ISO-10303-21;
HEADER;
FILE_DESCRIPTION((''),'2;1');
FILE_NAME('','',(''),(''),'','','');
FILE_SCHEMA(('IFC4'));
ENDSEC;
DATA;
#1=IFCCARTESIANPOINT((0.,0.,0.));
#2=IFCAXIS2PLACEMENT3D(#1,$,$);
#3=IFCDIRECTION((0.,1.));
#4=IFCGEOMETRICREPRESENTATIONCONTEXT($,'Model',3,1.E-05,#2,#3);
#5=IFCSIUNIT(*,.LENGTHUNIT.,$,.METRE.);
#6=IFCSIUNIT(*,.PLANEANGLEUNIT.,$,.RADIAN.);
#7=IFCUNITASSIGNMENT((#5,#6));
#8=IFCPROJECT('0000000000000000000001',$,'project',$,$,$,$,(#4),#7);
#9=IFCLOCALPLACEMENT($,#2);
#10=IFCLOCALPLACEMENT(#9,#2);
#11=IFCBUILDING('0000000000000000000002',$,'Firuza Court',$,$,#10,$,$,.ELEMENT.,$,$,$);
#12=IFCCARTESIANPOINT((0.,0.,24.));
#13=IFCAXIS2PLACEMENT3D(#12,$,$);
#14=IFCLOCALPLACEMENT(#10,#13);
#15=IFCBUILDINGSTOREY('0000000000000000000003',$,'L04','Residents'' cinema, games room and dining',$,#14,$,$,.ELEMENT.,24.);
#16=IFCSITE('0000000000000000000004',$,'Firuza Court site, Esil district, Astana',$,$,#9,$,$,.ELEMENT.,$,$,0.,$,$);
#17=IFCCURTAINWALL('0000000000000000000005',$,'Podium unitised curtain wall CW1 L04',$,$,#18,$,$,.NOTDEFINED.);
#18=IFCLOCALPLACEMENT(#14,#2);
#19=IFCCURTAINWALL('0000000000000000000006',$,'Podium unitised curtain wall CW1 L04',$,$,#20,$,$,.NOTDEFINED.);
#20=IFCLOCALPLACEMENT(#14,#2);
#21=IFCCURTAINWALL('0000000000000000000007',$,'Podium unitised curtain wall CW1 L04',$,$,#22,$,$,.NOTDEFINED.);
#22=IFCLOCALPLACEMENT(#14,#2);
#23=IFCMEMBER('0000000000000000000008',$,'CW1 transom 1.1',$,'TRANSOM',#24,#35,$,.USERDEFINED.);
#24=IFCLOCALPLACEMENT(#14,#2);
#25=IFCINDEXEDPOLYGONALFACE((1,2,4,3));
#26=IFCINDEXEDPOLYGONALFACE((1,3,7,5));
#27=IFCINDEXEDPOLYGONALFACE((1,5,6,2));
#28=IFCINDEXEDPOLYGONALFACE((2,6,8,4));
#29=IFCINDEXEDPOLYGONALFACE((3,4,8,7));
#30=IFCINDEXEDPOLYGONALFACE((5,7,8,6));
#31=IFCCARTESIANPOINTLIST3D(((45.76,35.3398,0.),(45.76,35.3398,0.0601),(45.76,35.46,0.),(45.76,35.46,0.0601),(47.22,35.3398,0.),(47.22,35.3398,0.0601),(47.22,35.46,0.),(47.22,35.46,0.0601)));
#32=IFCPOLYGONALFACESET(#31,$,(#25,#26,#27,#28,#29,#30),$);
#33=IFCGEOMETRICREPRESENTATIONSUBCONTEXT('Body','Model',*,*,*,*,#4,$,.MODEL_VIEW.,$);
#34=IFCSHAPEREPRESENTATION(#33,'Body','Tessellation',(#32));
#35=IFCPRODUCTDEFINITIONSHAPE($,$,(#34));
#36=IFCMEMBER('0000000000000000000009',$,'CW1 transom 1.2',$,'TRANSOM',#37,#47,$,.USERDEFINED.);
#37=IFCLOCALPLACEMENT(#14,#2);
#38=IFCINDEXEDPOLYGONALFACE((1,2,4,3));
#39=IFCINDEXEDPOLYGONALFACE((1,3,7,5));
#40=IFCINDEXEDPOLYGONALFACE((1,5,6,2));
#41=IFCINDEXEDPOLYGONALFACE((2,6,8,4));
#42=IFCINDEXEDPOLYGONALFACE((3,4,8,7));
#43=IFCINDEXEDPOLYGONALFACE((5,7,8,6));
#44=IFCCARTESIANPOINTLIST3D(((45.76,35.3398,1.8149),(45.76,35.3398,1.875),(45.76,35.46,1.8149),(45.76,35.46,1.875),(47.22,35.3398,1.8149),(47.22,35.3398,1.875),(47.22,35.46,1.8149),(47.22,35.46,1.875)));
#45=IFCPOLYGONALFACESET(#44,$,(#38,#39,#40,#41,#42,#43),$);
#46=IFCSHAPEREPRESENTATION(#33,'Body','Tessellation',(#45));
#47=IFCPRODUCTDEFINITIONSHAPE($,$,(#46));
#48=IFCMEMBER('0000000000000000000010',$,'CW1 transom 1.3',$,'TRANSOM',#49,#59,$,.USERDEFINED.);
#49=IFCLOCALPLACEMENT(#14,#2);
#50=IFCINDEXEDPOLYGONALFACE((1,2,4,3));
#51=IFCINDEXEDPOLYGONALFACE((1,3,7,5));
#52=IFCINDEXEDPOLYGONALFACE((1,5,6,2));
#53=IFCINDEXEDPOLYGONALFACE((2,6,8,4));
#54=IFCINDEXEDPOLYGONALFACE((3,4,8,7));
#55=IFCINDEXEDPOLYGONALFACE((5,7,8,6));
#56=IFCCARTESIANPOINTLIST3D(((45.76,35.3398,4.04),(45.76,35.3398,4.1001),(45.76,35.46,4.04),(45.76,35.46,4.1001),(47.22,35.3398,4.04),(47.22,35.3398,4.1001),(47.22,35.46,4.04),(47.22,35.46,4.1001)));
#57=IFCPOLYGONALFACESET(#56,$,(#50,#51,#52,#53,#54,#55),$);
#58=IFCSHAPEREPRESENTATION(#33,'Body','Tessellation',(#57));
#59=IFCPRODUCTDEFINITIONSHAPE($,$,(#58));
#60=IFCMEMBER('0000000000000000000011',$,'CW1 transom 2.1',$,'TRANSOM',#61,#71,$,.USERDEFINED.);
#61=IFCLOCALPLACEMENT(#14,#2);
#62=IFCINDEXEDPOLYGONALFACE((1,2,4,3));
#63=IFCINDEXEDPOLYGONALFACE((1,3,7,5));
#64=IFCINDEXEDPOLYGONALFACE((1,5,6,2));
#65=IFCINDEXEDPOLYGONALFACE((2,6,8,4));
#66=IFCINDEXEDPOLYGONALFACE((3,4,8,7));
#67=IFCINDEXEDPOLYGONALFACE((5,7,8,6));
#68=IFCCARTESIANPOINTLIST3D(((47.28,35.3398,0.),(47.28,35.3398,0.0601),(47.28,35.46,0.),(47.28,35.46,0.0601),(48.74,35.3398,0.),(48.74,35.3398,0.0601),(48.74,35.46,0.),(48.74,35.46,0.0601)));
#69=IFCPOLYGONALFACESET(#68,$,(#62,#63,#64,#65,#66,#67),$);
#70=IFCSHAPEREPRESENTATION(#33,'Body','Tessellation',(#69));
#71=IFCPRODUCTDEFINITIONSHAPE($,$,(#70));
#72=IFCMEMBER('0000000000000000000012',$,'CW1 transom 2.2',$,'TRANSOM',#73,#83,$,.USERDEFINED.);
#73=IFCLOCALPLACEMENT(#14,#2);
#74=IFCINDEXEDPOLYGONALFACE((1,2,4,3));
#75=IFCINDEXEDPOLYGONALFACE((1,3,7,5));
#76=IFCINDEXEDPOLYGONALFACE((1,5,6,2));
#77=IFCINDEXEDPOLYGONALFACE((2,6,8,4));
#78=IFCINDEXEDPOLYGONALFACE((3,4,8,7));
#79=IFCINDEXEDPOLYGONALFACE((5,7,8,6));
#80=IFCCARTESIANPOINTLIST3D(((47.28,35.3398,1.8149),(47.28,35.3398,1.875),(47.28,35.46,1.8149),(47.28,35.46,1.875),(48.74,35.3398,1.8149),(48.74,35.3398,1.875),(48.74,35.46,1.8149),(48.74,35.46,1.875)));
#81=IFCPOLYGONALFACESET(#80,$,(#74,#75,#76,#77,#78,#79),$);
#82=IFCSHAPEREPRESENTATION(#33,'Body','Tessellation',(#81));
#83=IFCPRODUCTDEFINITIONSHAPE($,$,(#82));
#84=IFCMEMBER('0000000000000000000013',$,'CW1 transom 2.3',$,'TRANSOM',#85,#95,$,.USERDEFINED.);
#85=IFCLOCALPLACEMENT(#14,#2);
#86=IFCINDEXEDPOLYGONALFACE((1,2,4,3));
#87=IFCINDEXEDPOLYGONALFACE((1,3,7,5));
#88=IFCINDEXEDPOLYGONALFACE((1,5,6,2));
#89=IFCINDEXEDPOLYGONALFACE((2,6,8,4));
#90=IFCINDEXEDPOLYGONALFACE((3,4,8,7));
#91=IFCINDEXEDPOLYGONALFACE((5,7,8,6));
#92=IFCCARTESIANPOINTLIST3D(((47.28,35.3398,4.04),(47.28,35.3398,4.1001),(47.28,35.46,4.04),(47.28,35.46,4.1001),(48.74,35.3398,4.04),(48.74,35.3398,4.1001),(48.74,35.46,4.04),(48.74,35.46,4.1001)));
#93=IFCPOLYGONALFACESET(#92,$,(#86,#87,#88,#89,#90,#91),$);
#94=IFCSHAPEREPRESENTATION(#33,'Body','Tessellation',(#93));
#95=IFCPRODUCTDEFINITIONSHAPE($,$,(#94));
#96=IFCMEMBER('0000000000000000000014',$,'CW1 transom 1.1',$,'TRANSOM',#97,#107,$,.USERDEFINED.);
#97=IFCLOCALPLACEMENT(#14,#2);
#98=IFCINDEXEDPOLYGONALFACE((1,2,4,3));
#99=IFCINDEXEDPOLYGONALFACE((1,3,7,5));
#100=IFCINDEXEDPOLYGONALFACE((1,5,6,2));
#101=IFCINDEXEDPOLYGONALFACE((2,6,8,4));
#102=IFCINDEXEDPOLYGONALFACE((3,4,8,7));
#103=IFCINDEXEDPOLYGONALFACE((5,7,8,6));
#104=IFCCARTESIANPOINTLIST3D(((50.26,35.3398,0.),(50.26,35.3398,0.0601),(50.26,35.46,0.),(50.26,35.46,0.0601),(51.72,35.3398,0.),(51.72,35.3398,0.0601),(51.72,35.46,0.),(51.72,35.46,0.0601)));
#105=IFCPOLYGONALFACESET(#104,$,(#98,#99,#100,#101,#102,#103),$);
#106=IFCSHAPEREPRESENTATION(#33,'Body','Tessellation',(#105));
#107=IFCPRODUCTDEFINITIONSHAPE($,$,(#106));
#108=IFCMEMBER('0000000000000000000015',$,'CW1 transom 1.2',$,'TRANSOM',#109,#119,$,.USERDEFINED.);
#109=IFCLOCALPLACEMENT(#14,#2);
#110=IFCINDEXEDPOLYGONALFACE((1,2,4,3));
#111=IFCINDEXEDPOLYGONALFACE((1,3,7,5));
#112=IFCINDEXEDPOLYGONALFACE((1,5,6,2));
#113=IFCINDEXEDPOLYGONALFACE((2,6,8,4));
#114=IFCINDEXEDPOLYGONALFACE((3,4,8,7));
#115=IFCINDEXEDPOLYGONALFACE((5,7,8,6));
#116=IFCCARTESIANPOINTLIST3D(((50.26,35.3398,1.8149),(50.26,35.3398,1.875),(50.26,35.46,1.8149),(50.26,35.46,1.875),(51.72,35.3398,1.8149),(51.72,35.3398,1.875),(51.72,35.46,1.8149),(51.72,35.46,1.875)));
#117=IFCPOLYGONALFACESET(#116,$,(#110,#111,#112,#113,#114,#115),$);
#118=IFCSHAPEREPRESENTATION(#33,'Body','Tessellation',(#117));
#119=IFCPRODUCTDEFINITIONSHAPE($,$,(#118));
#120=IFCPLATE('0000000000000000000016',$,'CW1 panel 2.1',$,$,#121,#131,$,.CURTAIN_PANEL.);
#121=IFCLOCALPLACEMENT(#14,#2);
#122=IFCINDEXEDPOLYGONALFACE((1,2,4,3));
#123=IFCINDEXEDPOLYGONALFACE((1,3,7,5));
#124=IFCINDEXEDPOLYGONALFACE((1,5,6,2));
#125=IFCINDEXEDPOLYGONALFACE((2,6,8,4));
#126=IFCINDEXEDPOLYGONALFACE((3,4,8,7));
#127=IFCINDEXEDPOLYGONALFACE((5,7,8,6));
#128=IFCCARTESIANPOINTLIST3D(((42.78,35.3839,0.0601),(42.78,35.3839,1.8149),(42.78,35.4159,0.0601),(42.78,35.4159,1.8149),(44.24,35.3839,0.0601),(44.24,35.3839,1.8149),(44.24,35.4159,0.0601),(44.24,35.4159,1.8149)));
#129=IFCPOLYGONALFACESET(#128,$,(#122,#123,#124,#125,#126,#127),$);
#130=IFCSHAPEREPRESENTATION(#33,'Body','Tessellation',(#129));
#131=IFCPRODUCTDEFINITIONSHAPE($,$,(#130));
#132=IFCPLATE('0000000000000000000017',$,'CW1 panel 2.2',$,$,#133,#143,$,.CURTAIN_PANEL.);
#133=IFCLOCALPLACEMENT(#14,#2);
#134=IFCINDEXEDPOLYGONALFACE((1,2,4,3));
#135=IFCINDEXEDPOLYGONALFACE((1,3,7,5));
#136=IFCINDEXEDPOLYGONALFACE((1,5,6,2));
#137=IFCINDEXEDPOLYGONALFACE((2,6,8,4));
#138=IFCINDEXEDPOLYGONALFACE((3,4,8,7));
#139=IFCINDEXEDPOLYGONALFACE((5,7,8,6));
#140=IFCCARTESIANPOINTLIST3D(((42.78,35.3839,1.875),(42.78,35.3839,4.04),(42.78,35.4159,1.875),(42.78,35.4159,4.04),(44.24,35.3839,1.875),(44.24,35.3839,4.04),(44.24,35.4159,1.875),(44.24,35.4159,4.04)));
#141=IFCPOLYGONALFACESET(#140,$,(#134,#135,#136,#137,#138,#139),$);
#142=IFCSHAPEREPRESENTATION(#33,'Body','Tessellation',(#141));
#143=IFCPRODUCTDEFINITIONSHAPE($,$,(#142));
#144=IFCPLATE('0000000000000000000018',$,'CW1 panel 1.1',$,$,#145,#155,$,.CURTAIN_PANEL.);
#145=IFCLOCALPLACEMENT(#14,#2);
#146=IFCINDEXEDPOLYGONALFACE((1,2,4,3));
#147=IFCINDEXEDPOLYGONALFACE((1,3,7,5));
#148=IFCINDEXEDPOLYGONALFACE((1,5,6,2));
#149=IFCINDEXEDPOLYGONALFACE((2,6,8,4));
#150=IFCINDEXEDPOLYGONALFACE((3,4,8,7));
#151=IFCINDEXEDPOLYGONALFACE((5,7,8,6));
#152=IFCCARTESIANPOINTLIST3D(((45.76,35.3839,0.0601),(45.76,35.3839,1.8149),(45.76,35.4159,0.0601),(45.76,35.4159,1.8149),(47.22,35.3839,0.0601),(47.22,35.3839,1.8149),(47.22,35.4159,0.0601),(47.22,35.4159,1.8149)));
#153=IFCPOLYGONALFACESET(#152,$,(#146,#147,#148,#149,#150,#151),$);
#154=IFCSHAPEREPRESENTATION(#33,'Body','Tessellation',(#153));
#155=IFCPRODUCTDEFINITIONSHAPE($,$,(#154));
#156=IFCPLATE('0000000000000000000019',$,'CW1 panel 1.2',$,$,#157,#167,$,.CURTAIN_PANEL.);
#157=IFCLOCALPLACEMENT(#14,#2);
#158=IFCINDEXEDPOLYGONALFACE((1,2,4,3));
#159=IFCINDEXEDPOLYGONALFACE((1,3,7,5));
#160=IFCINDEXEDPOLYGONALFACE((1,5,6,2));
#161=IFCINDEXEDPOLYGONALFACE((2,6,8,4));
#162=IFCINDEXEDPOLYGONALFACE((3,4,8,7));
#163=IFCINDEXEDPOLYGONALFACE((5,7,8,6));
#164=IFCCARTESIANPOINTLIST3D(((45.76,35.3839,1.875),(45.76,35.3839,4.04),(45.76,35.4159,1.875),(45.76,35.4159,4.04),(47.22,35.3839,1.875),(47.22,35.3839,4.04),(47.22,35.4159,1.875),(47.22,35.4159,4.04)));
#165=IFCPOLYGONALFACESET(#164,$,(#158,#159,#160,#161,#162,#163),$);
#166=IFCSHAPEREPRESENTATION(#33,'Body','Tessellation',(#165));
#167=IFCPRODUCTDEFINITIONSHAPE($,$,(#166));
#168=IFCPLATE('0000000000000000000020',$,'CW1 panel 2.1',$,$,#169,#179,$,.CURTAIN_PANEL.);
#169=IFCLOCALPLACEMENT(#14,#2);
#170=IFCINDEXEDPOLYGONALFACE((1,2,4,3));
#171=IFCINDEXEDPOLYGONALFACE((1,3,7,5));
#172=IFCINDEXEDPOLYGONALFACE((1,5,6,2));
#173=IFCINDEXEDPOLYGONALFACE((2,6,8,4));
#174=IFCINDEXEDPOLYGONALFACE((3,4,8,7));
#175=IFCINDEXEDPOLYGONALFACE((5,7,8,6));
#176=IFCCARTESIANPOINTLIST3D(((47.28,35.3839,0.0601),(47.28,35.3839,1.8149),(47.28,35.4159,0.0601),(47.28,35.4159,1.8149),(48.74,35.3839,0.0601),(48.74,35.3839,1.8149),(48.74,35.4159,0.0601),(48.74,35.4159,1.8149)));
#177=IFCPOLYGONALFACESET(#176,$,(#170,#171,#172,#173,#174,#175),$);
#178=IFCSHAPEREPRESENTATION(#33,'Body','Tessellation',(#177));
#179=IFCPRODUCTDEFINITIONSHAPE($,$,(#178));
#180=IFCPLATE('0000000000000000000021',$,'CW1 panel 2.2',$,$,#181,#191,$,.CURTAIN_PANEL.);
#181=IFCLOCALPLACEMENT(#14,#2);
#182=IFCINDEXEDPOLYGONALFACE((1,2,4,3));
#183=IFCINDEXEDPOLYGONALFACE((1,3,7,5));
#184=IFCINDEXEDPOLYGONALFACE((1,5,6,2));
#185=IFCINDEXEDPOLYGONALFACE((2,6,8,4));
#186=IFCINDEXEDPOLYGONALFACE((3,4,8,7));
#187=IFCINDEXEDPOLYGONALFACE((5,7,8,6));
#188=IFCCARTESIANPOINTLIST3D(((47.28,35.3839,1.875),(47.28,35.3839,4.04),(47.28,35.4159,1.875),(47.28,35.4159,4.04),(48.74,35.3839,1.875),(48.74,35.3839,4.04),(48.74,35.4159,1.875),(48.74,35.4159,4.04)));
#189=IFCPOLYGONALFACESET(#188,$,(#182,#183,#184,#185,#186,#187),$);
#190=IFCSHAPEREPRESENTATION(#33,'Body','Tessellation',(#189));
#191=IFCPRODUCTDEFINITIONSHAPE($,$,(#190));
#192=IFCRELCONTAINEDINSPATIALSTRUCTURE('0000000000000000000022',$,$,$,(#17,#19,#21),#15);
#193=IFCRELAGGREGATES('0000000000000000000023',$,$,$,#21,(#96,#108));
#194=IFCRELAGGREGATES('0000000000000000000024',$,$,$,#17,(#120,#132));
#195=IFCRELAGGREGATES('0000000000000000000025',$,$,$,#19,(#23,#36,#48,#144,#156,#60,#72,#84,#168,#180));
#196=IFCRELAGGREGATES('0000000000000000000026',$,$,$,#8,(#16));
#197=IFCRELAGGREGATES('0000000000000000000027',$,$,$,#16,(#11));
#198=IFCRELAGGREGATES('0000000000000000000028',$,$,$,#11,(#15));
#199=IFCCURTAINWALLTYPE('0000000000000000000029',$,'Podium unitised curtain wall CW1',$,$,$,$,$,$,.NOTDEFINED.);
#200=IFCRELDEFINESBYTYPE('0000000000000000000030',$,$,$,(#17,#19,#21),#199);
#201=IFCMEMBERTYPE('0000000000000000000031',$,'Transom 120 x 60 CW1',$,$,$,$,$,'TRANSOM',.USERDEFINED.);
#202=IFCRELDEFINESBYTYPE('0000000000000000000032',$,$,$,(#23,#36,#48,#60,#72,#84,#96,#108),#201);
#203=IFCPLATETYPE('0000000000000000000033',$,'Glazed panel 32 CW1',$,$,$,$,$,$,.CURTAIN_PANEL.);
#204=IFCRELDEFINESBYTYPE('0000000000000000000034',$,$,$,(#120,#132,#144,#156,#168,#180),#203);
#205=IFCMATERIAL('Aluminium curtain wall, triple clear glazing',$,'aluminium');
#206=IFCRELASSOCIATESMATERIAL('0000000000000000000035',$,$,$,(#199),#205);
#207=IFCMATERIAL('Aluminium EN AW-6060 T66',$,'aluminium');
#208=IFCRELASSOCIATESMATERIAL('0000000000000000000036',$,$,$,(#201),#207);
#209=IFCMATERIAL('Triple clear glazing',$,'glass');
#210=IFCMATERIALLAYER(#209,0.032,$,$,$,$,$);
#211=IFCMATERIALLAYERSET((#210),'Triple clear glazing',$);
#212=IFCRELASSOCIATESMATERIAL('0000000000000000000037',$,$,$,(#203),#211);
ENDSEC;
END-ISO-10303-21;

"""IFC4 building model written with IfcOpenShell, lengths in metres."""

from ifc_helpers import new_model, si_unit, direction, frame, origin, origin_2d, place, context, subcontext, project, spatial, rectangle, extrude, material, layer, layer_set, material_profile, profile_set, type_object, element, aggregate, save


model = new_model("IFC4")

# Units and contexts
model_context = context("Model", 3, precision=1e-05, world=origin(), true_north=direction((0.0, 1.0)))
body_context = subcontext(model_context, "Body", "Model", "MODEL_VIEW")
ifc_project = project(units=[si_unit("LENGTHUNIT", "METRE"), si_unit("PLANEANGLEUNIT", "RADIAN")], contexts=[model_context])

# Site, building, storey
site_placement = place(None, origin())
site = spatial("IfcSite", under=ifc_project, at=site_placement, Name="Firuza Court site, Esil district, Astana", CompositionType="ELEMENT", RefElevation=0.0)
building_placement = place(site_placement, origin())
building = spatial("IfcBuilding", under=site, at=building_placement, Name="Firuza Court", CompositionType="ELEMENT")
storey_placement = place(building_placement, frame((0.0, 0.0, 24.0)))
storey = spatial("IfcBuildingStorey", under=building, at=storey_placement, Name="L04", Description="Residents' cinema, games room and dining", CompositionType="ELEMENT", Elevation=24.0)

# Curtain walls
ifc_material_1 = material(Name="Aluminium curtain wall, triple clear glazing", Category="aluminium")
curtain_wall_type = type_object("IfcCurtainWallType", Name="Podium unitised curtain wall CW1", PredefinedType="NOTDEFINED", material=ifc_material_1)
curtain_wall_1_placement = place(storey_placement, origin())
curtain_wall_1 = element("IfcCurtainWall", 1, at=curtain_wall_1_placement, inside=storey, type_object=curtain_wall_type, Name="Podium unitised curtain wall CW1 L04", PredefinedType="NOTDEFINED")
curtain_wall_2_placement = place(storey_placement, origin())
curtain_wall_2 = element("IfcCurtainWall", 2, at=curtain_wall_2_placement, inside=storey, type_object=curtain_wall_type, Name="Podium unitised curtain wall CW1 L04", PredefinedType="NOTDEFINED")

# Curtain wall
curtain_wall_3_placement = place(storey_placement, origin())
curtain_wall_3 = element("IfcCurtainWall", 3, at=curtain_wall_3_placement, inside=storey, type_object=curtain_wall_type, Name="Podium unitised curtain wall CW1 L04", PredefinedType="NOTDEFINED")

# Members
ifc_material_2 = material(Name="Aluminium EN AW-6060 T66", Category="aluminium")
ifc_material_profile_1 = material_profile(ifc_material_2, rectangle(XDim=0.1201, YDim=0.0601, at=origin_2d()), Name="Transom 120 x 60 CW1")
ifc_profile_set_1 = profile_set([ifc_material_profile_1], Name="Aluminium EN AW-6060 T66")
member_type_1 = type_object("IfcMemberType", Name="Transom 120 x 60 CW1", ElementType="TRANSOM", PredefinedType="USERDEFINED", material=ifc_profile_set_1)
member_1_placement = place(storey_placement, frame((45.76, 35.3999, 0.03), z_axis=(1.0, 0.0, 0.0), x_axis=(0.0, 1.0, 0.0)))
member_1 = element("IfcMember", 4, at=member_1_placement, type_object=member_type_1, Name="CW1 transom 1.1", ObjectType="TRANSOM", PredefinedType="USERDEFINED", context=body_context, shape_type="SweptSolid", body=[
    extrude(rectangle(XDim=0.1201, YDim=0.0601, at=origin_2d()), origin(), (0.0, 0.0, 1.0), 1.46),
])
member_2_placement = place(storey_placement, frame((45.76, 35.3999, 1.845), z_axis=(1.0, 0.0, 0.0), x_axis=(0.0, 1.0, 0.0)))
member_2 = element("IfcMember", 5, at=member_2_placement, type_object=member_type_1, Name="CW1 transom 1.2", ObjectType="TRANSOM", PredefinedType="USERDEFINED", context=body_context, shape_type="SweptSolid", body=[
    extrude(rectangle(XDim=0.1201, YDim=0.0601, at=origin_2d()), origin(), (0.0, 0.0, 1.0), 1.46),
])
member_3_placement = place(storey_placement, frame((45.76, 35.3999, 4.0701), z_axis=(1.0, 0.0, 0.0), x_axis=(0.0, 1.0, 0.0)))
member_3 = element("IfcMember", 6, at=member_3_placement, type_object=member_type_1, Name="CW1 transom 1.3", ObjectType="TRANSOM", PredefinedType="USERDEFINED", context=body_context, shape_type="SweptSolid", body=[
    extrude(rectangle(XDim=0.1201, YDim=0.0601, at=origin_2d()), origin(), (0.0, 0.0, 1.0), 1.46),
])
member_4_placement = place(storey_placement, frame((47.28, 35.3999, 0.03), z_axis=(1.0, 0.0, 0.0), x_axis=(0.0, 1.0, 0.0)))
member_4 = element("IfcMember", 7, at=member_4_placement, type_object=member_type_1, Name="CW1 transom 2.1", ObjectType="TRANSOM", PredefinedType="USERDEFINED", context=body_context, shape_type="SweptSolid", body=[
    extrude(rectangle(XDim=0.1201, YDim=0.0601, at=origin_2d()), origin(), (0.0, 0.0, 1.0), 1.46),
])
member_5_placement = place(storey_placement, frame((47.28, 35.3999, 1.845), z_axis=(1.0, 0.0, 0.0), x_axis=(0.0, 1.0, 0.0)))
member_5 = element("IfcMember", 8, at=member_5_placement, type_object=member_type_1, Name="CW1 transom 2.2", ObjectType="TRANSOM", PredefinedType="USERDEFINED", context=body_context, shape_type="SweptSolid", body=[
    extrude(rectangle(XDim=0.1201, YDim=0.0601, at=origin_2d()), origin(), (0.0, 0.0, 1.0), 1.46),
])
member_6_placement = place(storey_placement, frame((47.28, 35.3999, 4.0701), z_axis=(1.0, 0.0, 0.0), x_axis=(0.0, 1.0, 0.0)))
member_6 = element("IfcMember", 9, at=member_6_placement, type_object=member_type_1, Name="CW1 transom 2.3", ObjectType="TRANSOM", PredefinedType="USERDEFINED", context=body_context, shape_type="SweptSolid", body=[
    extrude(rectangle(XDim=0.1201, YDim=0.0601, at=origin_2d()), origin(), (0.0, 0.0, 1.0), 1.46),
])
member_7_placement = place(storey_placement, frame((50.26, 35.3999, 0.03), z_axis=(1.0, 0.0, 0.0), x_axis=(0.0, 1.0, 0.0)))
member_7 = element("IfcMember", 10, at=member_7_placement, type_object=member_type_1, Name="CW1 transom 1.1", ObjectType="TRANSOM", PredefinedType="USERDEFINED", context=body_context, shape_type="SweptSolid", body=[
    extrude(rectangle(XDim=0.1201, YDim=0.0601, at=origin_2d()), origin(), (0.0, 0.0, 1.0), 1.46),
])
member_8_placement = place(storey_placement, frame((50.26, 35.3999, 1.845), z_axis=(1.0, 0.0, 0.0), x_axis=(0.0, 1.0, 0.0)))
member_8 = element("IfcMember", 11, at=member_8_placement, type_object=member_type_1, Name="CW1 transom 1.2", ObjectType="TRANSOM", PredefinedType="USERDEFINED", context=body_context, shape_type="SweptSolid", body=[
    extrude(rectangle(XDim=0.1201, YDim=0.0601, at=origin_2d()), origin(), (0.0, 0.0, 1.0), 1.46),
])
aggregate(curtain_wall_3, [member_7, member_8])

# Plates
ifc_material_3 = material(Name="Triple clear glazing", Category="glass")
ifc_layer = layer(ifc_material_3, 0.032)
ifc_layer_set = layer_set([ifc_layer], Name="Triple clear glazing")
plate_type = type_object("IfcPlateType", Name="Glazed panel 32 CW1", PredefinedType="CURTAIN_PANEL", material=ifc_layer_set)
plate_1_placement = place(storey_placement, frame((43.51, 35.3999, 0.0601), z_axis=(0.0, 0.0, 1.0), x_axis=(1.0, 0.0, 0.0)))
plate_1 = element("IfcPlate", 12, at=plate_1_placement, type_object=plate_type, Name="CW1 panel 2.1", PredefinedType="CURTAIN_PANEL", context=body_context, shape_type="SweptSolid", body=[
    extrude(rectangle(XDim=1.46, YDim=0.032, at=origin_2d()), origin(), (0.0, 0.0, 1.0), 1.7549),
])
plate_2_placement = place(storey_placement, frame((43.51, 35.3999, 1.875), z_axis=(0.0, 0.0, 1.0), x_axis=(1.0, 0.0, 0.0)))
plate_2 = element("IfcPlate", 13, at=plate_2_placement, type_object=plate_type, Name="CW1 panel 2.2", PredefinedType="CURTAIN_PANEL", context=body_context, shape_type="SweptSolid", body=[
    extrude(rectangle(XDim=1.46, YDim=0.032, at=origin_2d()), origin(), (0.0, 0.0, 1.0), 2.165),
])
aggregate(curtain_wall_1, [plate_1, plate_2])
plate_3_placement = place(storey_placement, frame((46.49, 35.3999, 0.0601), z_axis=(0.0, 0.0, 1.0), x_axis=(1.0, 0.0, 0.0)))
plate_3 = element("IfcPlate", 14, at=plate_3_placement, type_object=plate_type, Name="CW1 panel 1.1", PredefinedType="CURTAIN_PANEL", context=body_context, shape_type="SweptSolid", body=[
    extrude(rectangle(XDim=1.46, YDim=0.032, at=origin_2d()), origin(), (0.0, 0.0, 1.0), 1.7549),
])
plate_4_placement = place(storey_placement, frame((46.49, 35.3999, 1.875), z_axis=(0.0, 0.0, 1.0), x_axis=(1.0, 0.0, 0.0)))
plate_4 = element("IfcPlate", 15, at=plate_4_placement, type_object=plate_type, Name="CW1 panel 1.2", PredefinedType="CURTAIN_PANEL", context=body_context, shape_type="SweptSolid", body=[
    extrude(rectangle(XDim=1.46, YDim=0.032, at=origin_2d()), origin(), (0.0, 0.0, 1.0), 2.165),
])
plate_5_placement = place(storey_placement, frame((48.01, 35.3999, 0.0601), z_axis=(0.0, 0.0, 1.0), x_axis=(1.0, 0.0, 0.0)))
plate_5 = element("IfcPlate", 16, at=plate_5_placement, type_object=plate_type, Name="CW1 panel 2.1", PredefinedType="CURTAIN_PANEL", context=body_context, shape_type="SweptSolid", body=[
    extrude(rectangle(XDim=1.46, YDim=0.032, at=origin_2d()), origin(), (0.0, 0.0, 1.0), 1.7549),
])
plate_6_placement = place(storey_placement, frame((48.01, 35.3999, 1.875), z_axis=(0.0, 0.0, 1.0), x_axis=(1.0, 0.0, 0.0)))
plate_6 = element("IfcPlate", 17, at=plate_6_placement, type_object=plate_type, Name="CW1 panel 2.2", PredefinedType="CURTAIN_PANEL", context=body_context, shape_type="SweptSolid", body=[
    extrude(rectangle(XDim=1.46, YDim=0.032, at=origin_2d()), origin(), (0.0, 0.0, 1.0), 2.165),
])
aggregate(curtain_wall_2, [member_1, member_2, member_3, plate_3, plate_4, member_4, member_5, member_6, plate_5, plate_6])

save(model, "model.ifc")
